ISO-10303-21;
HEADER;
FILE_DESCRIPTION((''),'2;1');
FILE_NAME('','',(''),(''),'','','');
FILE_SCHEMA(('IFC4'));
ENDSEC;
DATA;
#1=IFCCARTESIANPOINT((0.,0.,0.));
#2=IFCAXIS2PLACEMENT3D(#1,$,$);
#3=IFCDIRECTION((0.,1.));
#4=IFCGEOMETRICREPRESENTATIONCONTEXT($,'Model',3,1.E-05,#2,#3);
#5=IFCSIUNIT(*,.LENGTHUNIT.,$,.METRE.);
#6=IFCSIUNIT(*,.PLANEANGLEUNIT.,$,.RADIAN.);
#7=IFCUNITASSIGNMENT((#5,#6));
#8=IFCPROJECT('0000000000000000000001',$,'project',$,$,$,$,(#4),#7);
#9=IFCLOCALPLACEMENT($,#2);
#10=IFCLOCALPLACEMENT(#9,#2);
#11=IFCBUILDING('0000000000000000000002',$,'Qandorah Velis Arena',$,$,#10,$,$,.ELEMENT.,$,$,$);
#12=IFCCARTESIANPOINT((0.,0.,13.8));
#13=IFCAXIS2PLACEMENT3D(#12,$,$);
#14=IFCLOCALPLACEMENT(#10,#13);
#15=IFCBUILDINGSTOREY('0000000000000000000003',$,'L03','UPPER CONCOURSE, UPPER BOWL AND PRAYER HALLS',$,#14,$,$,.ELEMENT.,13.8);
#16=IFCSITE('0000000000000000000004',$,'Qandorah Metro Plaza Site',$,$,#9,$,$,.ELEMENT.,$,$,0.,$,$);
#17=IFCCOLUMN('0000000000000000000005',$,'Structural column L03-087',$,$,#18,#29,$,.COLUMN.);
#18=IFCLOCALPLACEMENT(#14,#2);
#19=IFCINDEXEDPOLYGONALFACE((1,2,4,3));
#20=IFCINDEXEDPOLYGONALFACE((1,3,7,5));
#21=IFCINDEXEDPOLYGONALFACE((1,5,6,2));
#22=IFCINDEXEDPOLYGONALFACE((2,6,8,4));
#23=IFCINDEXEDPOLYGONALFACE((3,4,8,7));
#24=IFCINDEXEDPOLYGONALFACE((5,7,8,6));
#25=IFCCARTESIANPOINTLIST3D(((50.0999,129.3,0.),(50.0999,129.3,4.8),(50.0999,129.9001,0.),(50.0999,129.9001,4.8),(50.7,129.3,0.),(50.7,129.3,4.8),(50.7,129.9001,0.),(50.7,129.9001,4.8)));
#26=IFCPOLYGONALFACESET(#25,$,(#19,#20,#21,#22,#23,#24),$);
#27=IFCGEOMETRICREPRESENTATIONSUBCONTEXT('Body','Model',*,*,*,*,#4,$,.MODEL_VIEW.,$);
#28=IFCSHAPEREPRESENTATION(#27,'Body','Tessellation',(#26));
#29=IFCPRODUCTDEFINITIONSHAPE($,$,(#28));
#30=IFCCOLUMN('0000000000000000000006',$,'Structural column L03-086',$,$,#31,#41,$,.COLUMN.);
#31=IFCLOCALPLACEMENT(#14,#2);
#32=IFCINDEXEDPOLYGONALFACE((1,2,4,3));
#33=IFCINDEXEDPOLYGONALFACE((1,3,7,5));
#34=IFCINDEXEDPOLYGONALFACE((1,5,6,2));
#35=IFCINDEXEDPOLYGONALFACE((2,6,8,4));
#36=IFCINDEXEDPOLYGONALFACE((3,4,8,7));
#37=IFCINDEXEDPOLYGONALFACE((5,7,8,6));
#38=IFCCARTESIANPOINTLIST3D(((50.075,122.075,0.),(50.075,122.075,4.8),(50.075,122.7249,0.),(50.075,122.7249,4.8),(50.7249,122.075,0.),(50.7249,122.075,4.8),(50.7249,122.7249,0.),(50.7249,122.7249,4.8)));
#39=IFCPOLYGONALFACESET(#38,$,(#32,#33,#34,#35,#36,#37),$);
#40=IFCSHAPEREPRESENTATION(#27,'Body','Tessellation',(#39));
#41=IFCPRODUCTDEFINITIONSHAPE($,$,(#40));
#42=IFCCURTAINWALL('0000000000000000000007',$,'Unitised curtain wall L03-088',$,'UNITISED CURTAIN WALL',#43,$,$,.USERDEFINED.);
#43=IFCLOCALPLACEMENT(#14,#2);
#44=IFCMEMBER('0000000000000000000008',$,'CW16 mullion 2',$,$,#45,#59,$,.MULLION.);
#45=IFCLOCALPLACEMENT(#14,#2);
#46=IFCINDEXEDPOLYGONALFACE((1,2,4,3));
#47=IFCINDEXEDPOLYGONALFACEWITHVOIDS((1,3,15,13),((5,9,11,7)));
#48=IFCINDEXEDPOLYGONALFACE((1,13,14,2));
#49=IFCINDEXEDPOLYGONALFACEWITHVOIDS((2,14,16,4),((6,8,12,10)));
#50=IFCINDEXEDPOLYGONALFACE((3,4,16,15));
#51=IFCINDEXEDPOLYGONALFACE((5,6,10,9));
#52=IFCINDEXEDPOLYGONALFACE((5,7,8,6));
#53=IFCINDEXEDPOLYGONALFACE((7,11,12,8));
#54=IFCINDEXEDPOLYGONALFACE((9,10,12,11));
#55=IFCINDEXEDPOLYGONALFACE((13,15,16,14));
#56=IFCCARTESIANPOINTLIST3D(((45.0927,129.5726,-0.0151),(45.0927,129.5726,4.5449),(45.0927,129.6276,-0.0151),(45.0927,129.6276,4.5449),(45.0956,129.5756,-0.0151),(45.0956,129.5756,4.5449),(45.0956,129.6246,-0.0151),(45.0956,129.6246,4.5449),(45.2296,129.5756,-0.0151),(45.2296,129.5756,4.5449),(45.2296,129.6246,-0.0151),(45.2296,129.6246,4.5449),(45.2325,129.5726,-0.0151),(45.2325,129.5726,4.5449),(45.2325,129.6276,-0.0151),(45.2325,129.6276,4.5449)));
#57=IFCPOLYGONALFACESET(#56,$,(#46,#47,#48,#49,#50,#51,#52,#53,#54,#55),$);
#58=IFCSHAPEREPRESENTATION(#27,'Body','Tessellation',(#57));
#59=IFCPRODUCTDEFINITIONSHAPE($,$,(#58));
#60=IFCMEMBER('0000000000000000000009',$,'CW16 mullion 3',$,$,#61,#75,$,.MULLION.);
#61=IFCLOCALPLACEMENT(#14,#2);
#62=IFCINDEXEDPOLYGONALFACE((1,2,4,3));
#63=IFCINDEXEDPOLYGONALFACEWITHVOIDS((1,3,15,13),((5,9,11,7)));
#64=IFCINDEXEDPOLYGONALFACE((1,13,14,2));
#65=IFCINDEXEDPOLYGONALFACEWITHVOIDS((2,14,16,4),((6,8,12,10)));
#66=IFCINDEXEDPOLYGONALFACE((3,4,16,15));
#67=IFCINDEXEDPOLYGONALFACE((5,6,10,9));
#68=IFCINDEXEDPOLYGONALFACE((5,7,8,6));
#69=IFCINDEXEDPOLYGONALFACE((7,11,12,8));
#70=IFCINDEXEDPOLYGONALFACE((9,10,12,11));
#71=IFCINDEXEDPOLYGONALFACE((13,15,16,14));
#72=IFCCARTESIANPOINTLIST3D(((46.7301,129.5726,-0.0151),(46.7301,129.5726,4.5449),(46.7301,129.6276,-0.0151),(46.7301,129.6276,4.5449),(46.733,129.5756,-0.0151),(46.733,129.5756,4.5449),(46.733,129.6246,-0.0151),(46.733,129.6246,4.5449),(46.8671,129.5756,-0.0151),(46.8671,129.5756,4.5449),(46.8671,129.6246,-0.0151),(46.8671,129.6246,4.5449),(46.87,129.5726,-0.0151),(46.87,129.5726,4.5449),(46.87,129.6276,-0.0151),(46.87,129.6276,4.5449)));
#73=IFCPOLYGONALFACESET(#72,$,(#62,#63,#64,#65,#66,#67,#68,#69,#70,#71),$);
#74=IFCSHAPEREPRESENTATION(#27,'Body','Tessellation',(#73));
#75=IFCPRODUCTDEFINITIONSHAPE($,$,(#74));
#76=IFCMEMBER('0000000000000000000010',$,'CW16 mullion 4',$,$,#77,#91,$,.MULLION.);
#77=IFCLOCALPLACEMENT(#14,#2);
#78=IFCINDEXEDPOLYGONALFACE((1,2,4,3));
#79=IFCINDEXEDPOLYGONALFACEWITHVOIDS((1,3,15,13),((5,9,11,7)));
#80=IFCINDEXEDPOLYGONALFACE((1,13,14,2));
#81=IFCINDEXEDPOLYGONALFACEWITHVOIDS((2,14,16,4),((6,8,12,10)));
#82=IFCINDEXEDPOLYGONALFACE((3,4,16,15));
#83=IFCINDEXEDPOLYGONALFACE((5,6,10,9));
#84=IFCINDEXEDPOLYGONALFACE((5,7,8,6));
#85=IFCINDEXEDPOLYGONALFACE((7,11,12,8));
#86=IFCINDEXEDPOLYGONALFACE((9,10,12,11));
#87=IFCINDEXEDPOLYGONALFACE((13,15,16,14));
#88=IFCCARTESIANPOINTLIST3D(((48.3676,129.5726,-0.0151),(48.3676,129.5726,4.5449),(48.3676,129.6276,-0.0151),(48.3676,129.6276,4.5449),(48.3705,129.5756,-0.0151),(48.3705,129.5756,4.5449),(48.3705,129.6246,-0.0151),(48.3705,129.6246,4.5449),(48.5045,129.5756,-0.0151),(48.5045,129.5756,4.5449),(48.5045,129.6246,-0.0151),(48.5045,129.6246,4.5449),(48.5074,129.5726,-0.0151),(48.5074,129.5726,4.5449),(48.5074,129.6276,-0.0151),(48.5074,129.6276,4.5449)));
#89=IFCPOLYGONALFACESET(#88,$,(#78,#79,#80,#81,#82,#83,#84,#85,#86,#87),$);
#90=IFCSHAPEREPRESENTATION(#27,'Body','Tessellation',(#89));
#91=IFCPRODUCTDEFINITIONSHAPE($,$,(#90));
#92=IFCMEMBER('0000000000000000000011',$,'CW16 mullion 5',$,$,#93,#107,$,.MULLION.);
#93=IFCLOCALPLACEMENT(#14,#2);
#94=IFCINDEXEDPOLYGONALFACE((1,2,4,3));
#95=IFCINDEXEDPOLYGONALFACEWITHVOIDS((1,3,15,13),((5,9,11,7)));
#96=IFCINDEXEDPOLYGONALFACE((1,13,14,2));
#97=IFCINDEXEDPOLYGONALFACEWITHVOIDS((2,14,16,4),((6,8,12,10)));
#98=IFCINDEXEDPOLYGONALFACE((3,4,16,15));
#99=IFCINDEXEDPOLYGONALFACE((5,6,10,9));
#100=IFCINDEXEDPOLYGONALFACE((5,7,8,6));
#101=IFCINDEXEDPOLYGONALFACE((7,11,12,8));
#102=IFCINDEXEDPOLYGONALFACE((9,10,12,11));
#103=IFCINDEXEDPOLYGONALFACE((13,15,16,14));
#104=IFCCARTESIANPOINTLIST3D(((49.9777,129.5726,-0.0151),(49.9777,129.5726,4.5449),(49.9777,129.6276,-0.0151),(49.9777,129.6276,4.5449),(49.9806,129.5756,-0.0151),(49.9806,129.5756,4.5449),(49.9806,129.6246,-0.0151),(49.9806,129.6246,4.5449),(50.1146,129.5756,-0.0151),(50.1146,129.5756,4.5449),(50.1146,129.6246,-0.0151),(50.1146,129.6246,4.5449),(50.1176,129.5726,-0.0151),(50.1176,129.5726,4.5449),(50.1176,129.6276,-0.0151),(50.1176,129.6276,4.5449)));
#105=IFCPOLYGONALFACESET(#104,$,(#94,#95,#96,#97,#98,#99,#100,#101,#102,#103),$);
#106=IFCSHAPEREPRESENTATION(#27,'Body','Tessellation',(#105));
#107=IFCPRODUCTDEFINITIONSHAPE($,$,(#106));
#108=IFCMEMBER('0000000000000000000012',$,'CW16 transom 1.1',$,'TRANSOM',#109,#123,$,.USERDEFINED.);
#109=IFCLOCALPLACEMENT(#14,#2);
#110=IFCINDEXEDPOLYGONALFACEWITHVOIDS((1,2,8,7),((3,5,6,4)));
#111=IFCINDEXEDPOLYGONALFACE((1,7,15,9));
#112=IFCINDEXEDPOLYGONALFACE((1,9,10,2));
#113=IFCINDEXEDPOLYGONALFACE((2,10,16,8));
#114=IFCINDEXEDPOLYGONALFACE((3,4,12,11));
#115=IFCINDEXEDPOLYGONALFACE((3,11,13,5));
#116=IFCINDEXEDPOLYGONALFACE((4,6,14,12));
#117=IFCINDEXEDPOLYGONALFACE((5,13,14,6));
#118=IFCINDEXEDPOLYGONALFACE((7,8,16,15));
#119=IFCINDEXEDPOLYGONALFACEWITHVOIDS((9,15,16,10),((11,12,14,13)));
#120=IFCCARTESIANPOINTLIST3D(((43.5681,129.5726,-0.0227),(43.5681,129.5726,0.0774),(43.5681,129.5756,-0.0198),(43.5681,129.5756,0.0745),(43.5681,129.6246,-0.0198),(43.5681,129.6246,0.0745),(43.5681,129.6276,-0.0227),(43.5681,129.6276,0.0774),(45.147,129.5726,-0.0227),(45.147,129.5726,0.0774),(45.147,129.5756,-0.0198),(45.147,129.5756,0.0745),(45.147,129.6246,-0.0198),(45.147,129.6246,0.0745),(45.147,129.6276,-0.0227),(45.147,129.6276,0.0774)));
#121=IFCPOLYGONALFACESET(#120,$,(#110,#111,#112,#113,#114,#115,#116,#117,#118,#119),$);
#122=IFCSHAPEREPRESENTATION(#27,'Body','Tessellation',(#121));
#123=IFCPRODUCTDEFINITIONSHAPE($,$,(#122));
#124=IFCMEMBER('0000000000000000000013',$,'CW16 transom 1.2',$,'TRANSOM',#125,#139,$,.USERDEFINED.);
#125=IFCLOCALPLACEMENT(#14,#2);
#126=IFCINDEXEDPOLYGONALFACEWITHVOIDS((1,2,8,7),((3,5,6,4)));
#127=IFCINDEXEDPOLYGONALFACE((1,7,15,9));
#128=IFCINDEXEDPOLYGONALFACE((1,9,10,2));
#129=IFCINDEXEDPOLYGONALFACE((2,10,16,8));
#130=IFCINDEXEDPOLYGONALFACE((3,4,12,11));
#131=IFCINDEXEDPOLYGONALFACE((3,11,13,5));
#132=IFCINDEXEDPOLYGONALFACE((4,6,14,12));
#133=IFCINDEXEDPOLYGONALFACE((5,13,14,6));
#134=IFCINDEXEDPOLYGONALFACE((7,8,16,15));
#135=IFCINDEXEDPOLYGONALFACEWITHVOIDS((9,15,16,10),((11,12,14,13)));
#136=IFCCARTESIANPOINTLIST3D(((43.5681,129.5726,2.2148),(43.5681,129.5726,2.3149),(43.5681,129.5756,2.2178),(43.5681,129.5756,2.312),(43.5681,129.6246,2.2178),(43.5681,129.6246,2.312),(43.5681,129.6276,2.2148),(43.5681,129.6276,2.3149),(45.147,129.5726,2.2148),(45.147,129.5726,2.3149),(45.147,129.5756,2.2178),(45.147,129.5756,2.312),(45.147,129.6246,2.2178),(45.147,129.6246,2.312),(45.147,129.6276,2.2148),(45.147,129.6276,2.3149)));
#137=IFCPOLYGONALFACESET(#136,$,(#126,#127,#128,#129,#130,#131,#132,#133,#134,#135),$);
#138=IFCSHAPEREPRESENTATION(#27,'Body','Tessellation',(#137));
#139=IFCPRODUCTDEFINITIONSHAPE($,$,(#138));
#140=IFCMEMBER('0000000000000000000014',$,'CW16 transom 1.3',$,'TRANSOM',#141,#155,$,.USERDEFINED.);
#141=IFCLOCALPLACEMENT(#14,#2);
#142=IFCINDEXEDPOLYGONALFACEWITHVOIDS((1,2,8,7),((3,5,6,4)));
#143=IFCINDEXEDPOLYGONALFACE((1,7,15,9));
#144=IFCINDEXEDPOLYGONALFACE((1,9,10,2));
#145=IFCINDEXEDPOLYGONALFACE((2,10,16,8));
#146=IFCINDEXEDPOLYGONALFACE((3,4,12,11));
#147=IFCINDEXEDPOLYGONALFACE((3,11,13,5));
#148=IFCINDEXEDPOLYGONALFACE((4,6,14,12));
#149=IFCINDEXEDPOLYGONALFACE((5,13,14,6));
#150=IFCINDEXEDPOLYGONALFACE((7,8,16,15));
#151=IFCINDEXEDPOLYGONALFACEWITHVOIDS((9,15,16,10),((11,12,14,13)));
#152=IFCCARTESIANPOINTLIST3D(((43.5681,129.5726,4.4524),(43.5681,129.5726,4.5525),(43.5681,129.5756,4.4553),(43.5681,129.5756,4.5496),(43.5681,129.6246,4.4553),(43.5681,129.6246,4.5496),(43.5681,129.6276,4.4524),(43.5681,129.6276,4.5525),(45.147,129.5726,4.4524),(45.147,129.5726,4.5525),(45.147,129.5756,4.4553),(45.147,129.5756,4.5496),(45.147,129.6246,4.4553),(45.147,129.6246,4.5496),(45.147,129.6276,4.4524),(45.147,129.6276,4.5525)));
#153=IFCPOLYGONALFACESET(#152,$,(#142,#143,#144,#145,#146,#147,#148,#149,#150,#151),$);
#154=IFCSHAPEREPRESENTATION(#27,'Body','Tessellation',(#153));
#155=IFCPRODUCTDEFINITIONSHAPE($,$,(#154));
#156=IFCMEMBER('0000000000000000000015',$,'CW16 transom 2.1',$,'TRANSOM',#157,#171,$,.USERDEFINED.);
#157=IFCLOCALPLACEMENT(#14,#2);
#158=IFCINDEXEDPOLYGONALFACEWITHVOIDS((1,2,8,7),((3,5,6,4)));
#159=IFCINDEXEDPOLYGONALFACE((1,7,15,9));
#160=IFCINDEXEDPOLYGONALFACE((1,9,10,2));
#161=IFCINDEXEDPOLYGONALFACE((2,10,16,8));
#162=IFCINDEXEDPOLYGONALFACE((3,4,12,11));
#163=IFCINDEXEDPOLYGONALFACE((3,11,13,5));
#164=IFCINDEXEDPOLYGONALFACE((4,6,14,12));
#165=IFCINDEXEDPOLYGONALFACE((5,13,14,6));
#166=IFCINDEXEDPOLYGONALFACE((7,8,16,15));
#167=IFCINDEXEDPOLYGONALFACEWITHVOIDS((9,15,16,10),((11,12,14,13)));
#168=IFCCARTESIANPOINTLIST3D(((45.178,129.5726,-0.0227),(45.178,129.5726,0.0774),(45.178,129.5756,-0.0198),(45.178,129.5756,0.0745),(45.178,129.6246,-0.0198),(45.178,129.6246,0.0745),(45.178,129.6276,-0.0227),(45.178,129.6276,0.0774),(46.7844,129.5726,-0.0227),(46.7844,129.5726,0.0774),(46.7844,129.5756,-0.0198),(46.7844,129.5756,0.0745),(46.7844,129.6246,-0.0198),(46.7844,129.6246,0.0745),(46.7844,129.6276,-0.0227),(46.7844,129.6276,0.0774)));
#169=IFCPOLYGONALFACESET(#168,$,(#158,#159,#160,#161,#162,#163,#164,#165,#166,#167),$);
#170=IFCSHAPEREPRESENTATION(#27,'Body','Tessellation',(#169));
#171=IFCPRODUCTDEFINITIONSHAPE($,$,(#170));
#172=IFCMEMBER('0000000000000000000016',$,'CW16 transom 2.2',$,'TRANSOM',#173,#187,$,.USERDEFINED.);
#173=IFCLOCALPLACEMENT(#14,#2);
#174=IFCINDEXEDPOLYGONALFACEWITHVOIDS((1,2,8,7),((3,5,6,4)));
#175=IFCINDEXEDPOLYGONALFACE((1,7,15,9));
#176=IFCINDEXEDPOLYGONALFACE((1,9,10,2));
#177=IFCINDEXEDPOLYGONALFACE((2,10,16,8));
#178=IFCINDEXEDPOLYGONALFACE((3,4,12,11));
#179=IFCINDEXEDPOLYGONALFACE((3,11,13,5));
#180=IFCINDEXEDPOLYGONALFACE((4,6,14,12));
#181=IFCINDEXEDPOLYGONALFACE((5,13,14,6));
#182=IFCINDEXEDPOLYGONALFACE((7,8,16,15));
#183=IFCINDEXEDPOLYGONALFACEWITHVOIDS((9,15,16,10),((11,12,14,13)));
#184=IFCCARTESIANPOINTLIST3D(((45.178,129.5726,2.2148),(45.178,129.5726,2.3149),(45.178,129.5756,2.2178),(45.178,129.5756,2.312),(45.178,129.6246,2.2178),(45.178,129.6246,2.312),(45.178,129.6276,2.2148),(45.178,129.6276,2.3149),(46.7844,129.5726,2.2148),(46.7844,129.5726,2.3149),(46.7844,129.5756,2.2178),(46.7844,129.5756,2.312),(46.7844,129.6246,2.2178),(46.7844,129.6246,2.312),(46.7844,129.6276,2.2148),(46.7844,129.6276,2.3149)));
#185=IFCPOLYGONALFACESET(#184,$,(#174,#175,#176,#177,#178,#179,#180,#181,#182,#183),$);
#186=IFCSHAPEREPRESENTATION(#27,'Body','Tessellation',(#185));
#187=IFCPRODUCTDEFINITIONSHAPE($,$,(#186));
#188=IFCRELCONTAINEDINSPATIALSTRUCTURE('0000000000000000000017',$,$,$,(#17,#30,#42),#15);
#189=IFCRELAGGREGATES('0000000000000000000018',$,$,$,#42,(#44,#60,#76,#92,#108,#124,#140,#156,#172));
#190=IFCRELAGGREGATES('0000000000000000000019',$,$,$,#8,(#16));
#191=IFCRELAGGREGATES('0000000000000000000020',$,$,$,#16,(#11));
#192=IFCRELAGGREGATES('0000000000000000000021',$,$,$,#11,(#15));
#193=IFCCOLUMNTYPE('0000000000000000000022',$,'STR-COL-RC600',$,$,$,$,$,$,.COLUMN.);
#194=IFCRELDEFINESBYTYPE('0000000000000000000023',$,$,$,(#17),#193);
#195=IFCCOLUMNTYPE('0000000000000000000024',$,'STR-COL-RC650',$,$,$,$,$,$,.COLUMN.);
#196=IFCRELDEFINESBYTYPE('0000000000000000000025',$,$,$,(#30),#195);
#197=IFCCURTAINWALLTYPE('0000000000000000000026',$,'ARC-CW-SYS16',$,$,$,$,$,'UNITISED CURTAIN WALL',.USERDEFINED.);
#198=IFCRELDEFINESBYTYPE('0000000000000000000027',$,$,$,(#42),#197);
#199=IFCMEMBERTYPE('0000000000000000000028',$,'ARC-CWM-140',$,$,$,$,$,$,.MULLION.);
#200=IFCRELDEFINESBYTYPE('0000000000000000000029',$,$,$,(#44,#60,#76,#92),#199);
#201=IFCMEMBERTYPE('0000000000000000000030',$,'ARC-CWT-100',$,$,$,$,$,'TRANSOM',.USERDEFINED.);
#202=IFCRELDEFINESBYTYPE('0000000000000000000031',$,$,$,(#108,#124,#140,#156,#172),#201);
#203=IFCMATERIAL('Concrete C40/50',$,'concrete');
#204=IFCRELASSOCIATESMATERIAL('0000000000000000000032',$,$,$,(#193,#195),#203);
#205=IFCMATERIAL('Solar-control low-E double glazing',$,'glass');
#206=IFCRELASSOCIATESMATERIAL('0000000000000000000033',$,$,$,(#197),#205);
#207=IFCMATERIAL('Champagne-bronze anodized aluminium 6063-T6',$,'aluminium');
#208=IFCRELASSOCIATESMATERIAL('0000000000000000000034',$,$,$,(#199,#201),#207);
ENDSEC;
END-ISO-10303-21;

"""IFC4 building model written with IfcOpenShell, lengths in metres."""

from ifc_helpers import new_model, si_unit, direction, frame, origin, origin_2d, place, context, subcontext, project, spatial, rectangle, hollow_rectangle, extrude, material, material_profile, profile_set, type_object, element, aggregate, save


model = new_model("IFC4")

# Units and contexts
model_context = context("Model", 3, precision=1e-05, world=origin(), true_north=direction((0.0, 1.0)))
body_context = subcontext(model_context, "Body", "Model", "MODEL_VIEW")
ifc_project = project(units=[si_unit("LENGTHUNIT", "METRE"), si_unit("PLANEANGLEUNIT", "RADIAN")], contexts=[model_context])

# Site, building, storey
site_placement = place(None, origin())
site = spatial("IfcSite", under=ifc_project, at=site_placement, Name="Qandorah Metro Plaza Site", CompositionType="ELEMENT", RefElevation=0.0)
building_placement = place(site_placement, origin())
building = spatial("IfcBuilding", under=site, at=building_placement, Name="Qandorah Velis Arena", CompositionType="ELEMENT")
storey_placement = place(building_placement, frame((0.0, 0.0, 13.8)))
storey = spatial("IfcBuildingStorey", under=building, at=storey_placement, Name="L03", Description="UPPER CONCOURSE, UPPER BOWL AND PRAYER HALLS", CompositionType="ELEMENT", Elevation=13.8)

# Columns
ifc_material_1 = material(Name="Concrete C40/50", Category="concrete")
ifc_material_profile_1 = material_profile(ifc_material_1, rectangle(XDim=0.6001, YDim=0.6001, at=origin_2d()), Name="RC COL 600x600")
ifc_profile_set_1 = profile_set([ifc_material_profile_1], Name="Concrete C40/50")
column_type_1 = type_object("IfcColumnType", Name="STR-COL-RC600", PredefinedType="COLUMN", material=ifc_profile_set_1)
column_1_placement = place(storey_placement, frame((50.3999, 129.6001, 0.0), z_axis=(0.0, 0.0, 1.0), x_axis=(1.0, 0.0, 0.0)))
element("IfcColumn", 1, at=column_1_placement, inside=storey, type_object=column_type_1, Name="Structural column L03-087", PredefinedType="COLUMN", context=body_context, shape_type="SweptSolid", body=[
    extrude(rectangle(XDim=0.6001, YDim=0.6001, at=origin_2d()), origin(), (0.0, 0.0, 1.0), 4.8),
])
ifc_material_profile_2 = material_profile(ifc_material_1, rectangle(XDim=0.6499, YDim=0.6499, at=origin_2d()), Name="RC COL 650x650")
ifc_profile_set_2 = profile_set([ifc_material_profile_2], Name="Concrete C40/50")
column_type_2 = type_object("IfcColumnType", Name="STR-COL-RC650", PredefinedType="COLUMN", material=ifc_profile_set_2)
column_2_placement = place(storey_placement, frame((50.3999, 122.3999, 0.0), z_axis=(0.0, 0.0, 1.0), x_axis=(1.0, 0.0, 0.0)))
element("IfcColumn", 2, at=column_2_placement, inside=storey, type_object=column_type_2, Name="Structural column L03-086", PredefinedType="COLUMN", context=body_context, shape_type="SweptSolid", body=[
    extrude(rectangle(XDim=0.6499, YDim=0.6499, at=origin_2d()), origin(), (0.0, 0.0, 1.0), 4.8),
])

# Curtain wall, members
ifc_material_2 = material(Name="Solar-control low-E double glazing", Category="glass")
curtain_wall_type = type_object("IfcCurtainWallType", Name="ARC-CW-SYS16", ElementType="UNITISED CURTAIN WALL", PredefinedType="USERDEFINED", material=ifc_material_2)
curtain_wall_placement = place(storey_placement, origin())
curtain_wall = element("IfcCurtainWall", 3, at=curtain_wall_placement, inside=storey, type_object=curtain_wall_type, Name="Unitised curtain wall L03-088", ObjectType="UNITISED CURTAIN WALL", PredefinedType="USERDEFINED")
ifc_material_3 = material(Name="Champagne-bronze anodized aluminium 6063-T6", Category="aluminium")
ifc_material_profile_3 = material_profile(ifc_material_3, hollow_rectangle(XDim=0.0549, YDim=0.1399, WallThickness=0.0029, at=origin_2d()), Name="ALU MULLION 55x140")
ifc_profile_set_3 = profile_set([ifc_material_profile_3], Name="Champagne-bronze anodized aluminium 6063-T6")
member_type_1 = type_object("IfcMemberType", Name="ARC-CWM-140", PredefinedType="MULLION", material=ifc_profile_set_3)
member_1_placement = place(storey_placement, frame((45.1626, 129.6001, -0.0151), z_axis=(0.0, 0.0, 1.0), x_axis=(0.0, 1.0, 0.0)))
member_1 = element("IfcMember", 4, at=member_1_placement, type_object=member_type_1, Name="CW16 mullion 2", PredefinedType="MULLION", context=body_context, shape_type="SweptSolid", body=[
    extrude(hollow_rectangle(XDim=0.0549, YDim=0.1399, WallThickness=0.0029, at=origin_2d()), origin(), (0.0, 0.0, 1.0), 4.5601),
])
member_2_placement = place(storey_placement, frame((46.8, 129.6001, -0.0151), z_axis=(0.0, 0.0, 1.0), x_axis=(0.0, 1.0, 0.0)))
member_2 = element("IfcMember", 5, at=member_2_placement, type_object=member_type_1, Name="CW16 mullion 3", PredefinedType="MULLION", context=body_context, shape_type="SweptSolid", body=[
    extrude(hollow_rectangle(XDim=0.0549, YDim=0.1399, WallThickness=0.0029, at=origin_2d()), origin(), (0.0, 0.0, 1.0), 4.5601),
])
member_3_placement = place(storey_placement, frame((48.4375, 129.6001, -0.0151), z_axis=(0.0, 0.0, 1.0), x_axis=(0.0, 1.0, 0.0)))
member_3 = element("IfcMember", 6, at=member_3_placement, type_object=member_type_1, Name="CW16 mullion 4", PredefinedType="MULLION", context=body_context, shape_type="SweptSolid", body=[
    extrude(hollow_rectangle(XDim=0.0549, YDim=0.1399, WallThickness=0.0029, at=origin_2d()), origin(), (0.0, 0.0, 1.0), 4.5601),
])
member_4_placement = place(storey_placement, frame((50.0476, 129.6001, -0.0151), z_axis=(0.0, 0.0, 1.0), x_axis=(0.0, 1.0, 0.0)))
member_4 = element("IfcMember", 7, at=member_4_placement, type_object=member_type_1, Name="CW16 mullion 5", PredefinedType="MULLION", context=body_context, shape_type="SweptSolid", body=[
    extrude(hollow_rectangle(XDim=0.0549, YDim=0.1399, WallThickness=0.0029, at=origin_2d()), origin(), (0.0, 0.0, 1.0), 4.5601),
])
ifc_material_profile_4 = material_profile(ifc_material_3, hollow_rectangle(XDim=0.0549, YDim=0.1001, WallThickness=0.0029, at=origin_2d()), Name="ALU TRANSOM 55x100")
ifc_profile_set_4 = profile_set([ifc_material_profile_4], Name="Champagne-bronze anodized aluminium 6063-T6")
member_type_2 = type_object("IfcMemberType", Name="ARC-CWT-100", ElementType="TRANSOM", PredefinedType="USERDEFINED", material=ifc_profile_set_4)
member_5_placement = place(storey_placement, frame((43.5681, 129.6001, 0.0273), z_axis=(1.0, 0.0, 0.0), x_axis=(0.0, 1.0, 0.0)))
member_5 = element("IfcMember", 8, at=member_5_placement, type_object=member_type_2, Name="CW16 transom 1.1", ObjectType="TRANSOM", PredefinedType="USERDEFINED", context=body_context, shape_type="SweptSolid", body=[
    extrude(hollow_rectangle(XDim=0.0549, YDim=0.1001, WallThickness=0.0029, at=origin_2d()), origin(), (0.0, 0.0, 1.0), 1.5789),
])
member_6_placement = place(storey_placement, frame((43.5681, 129.6001, 2.2649), z_axis=(1.0, 0.0, 0.0), x_axis=(0.0, 1.0, 0.0)))
member_6 = element("IfcMember", 9, at=member_6_placement, type_object=member_type_2, Name="CW16 transom 1.2", ObjectType="TRANSOM", PredefinedType="USERDEFINED", context=body_context, shape_type="SweptSolid", body=[
    extrude(hollow_rectangle(XDim=0.0549, YDim=0.1001, WallThickness=0.0029, at=origin_2d()), origin(), (0.0, 0.0, 1.0), 1.5789),
])
member_7_placement = place(storey_placement, frame((43.5681, 129.6001, 4.5024), z_axis=(1.0, 0.0, 0.0), x_axis=(0.0, 1.0, 0.0)))
member_7 = element("IfcMember", 10, at=member_7_placement, type_object=member_type_2, Name="CW16 transom 1.3", ObjectType="TRANSOM", PredefinedType="USERDEFINED", context=body_context, shape_type="SweptSolid", body=[
    extrude(hollow_rectangle(XDim=0.0549, YDim=0.1001, WallThickness=0.0029, at=origin_2d()), origin(), (0.0, 0.0, 1.0), 1.5789),
])
member_8_placement = place(storey_placement, frame((45.178, 129.6001, 0.0273), z_axis=(1.0, 0.0, 0.0), x_axis=(0.0, 1.0, 0.0)))
member_8 = element("IfcMember", 11, at=member_8_placement, type_object=member_type_2, Name="CW16 transom 2.1", ObjectType="TRANSOM", PredefinedType="USERDEFINED", context=body_context, shape_type="SweptSolid", body=[
    extrude(hollow_rectangle(XDim=0.0549, YDim=0.1001, WallThickness=0.0029, at=origin_2d()), origin(), (0.0, 0.0, 1.0), 1.6064),
])
member_9_placement = place(storey_placement, frame((45.178, 129.6001, 2.2649), z_axis=(1.0, 0.0, 0.0), x_axis=(0.0, 1.0, 0.0)))
member_9 = element("IfcMember", 12, at=member_9_placement, type_object=member_type_2, Name="CW16 transom 2.2", ObjectType="TRANSOM", PredefinedType="USERDEFINED", context=body_context, shape_type="SweptSolid", body=[
    extrude(hollow_rectangle(XDim=0.0549, YDim=0.1001, WallThickness=0.0029, at=origin_2d()), origin(), (0.0, 0.0, 1.0), 1.6064),
])

aggregate(curtain_wall, [member_1, member_2, member_3, member_4, member_5, member_6, member_7, member_8, member_9])

save(model, "model.ifc")
